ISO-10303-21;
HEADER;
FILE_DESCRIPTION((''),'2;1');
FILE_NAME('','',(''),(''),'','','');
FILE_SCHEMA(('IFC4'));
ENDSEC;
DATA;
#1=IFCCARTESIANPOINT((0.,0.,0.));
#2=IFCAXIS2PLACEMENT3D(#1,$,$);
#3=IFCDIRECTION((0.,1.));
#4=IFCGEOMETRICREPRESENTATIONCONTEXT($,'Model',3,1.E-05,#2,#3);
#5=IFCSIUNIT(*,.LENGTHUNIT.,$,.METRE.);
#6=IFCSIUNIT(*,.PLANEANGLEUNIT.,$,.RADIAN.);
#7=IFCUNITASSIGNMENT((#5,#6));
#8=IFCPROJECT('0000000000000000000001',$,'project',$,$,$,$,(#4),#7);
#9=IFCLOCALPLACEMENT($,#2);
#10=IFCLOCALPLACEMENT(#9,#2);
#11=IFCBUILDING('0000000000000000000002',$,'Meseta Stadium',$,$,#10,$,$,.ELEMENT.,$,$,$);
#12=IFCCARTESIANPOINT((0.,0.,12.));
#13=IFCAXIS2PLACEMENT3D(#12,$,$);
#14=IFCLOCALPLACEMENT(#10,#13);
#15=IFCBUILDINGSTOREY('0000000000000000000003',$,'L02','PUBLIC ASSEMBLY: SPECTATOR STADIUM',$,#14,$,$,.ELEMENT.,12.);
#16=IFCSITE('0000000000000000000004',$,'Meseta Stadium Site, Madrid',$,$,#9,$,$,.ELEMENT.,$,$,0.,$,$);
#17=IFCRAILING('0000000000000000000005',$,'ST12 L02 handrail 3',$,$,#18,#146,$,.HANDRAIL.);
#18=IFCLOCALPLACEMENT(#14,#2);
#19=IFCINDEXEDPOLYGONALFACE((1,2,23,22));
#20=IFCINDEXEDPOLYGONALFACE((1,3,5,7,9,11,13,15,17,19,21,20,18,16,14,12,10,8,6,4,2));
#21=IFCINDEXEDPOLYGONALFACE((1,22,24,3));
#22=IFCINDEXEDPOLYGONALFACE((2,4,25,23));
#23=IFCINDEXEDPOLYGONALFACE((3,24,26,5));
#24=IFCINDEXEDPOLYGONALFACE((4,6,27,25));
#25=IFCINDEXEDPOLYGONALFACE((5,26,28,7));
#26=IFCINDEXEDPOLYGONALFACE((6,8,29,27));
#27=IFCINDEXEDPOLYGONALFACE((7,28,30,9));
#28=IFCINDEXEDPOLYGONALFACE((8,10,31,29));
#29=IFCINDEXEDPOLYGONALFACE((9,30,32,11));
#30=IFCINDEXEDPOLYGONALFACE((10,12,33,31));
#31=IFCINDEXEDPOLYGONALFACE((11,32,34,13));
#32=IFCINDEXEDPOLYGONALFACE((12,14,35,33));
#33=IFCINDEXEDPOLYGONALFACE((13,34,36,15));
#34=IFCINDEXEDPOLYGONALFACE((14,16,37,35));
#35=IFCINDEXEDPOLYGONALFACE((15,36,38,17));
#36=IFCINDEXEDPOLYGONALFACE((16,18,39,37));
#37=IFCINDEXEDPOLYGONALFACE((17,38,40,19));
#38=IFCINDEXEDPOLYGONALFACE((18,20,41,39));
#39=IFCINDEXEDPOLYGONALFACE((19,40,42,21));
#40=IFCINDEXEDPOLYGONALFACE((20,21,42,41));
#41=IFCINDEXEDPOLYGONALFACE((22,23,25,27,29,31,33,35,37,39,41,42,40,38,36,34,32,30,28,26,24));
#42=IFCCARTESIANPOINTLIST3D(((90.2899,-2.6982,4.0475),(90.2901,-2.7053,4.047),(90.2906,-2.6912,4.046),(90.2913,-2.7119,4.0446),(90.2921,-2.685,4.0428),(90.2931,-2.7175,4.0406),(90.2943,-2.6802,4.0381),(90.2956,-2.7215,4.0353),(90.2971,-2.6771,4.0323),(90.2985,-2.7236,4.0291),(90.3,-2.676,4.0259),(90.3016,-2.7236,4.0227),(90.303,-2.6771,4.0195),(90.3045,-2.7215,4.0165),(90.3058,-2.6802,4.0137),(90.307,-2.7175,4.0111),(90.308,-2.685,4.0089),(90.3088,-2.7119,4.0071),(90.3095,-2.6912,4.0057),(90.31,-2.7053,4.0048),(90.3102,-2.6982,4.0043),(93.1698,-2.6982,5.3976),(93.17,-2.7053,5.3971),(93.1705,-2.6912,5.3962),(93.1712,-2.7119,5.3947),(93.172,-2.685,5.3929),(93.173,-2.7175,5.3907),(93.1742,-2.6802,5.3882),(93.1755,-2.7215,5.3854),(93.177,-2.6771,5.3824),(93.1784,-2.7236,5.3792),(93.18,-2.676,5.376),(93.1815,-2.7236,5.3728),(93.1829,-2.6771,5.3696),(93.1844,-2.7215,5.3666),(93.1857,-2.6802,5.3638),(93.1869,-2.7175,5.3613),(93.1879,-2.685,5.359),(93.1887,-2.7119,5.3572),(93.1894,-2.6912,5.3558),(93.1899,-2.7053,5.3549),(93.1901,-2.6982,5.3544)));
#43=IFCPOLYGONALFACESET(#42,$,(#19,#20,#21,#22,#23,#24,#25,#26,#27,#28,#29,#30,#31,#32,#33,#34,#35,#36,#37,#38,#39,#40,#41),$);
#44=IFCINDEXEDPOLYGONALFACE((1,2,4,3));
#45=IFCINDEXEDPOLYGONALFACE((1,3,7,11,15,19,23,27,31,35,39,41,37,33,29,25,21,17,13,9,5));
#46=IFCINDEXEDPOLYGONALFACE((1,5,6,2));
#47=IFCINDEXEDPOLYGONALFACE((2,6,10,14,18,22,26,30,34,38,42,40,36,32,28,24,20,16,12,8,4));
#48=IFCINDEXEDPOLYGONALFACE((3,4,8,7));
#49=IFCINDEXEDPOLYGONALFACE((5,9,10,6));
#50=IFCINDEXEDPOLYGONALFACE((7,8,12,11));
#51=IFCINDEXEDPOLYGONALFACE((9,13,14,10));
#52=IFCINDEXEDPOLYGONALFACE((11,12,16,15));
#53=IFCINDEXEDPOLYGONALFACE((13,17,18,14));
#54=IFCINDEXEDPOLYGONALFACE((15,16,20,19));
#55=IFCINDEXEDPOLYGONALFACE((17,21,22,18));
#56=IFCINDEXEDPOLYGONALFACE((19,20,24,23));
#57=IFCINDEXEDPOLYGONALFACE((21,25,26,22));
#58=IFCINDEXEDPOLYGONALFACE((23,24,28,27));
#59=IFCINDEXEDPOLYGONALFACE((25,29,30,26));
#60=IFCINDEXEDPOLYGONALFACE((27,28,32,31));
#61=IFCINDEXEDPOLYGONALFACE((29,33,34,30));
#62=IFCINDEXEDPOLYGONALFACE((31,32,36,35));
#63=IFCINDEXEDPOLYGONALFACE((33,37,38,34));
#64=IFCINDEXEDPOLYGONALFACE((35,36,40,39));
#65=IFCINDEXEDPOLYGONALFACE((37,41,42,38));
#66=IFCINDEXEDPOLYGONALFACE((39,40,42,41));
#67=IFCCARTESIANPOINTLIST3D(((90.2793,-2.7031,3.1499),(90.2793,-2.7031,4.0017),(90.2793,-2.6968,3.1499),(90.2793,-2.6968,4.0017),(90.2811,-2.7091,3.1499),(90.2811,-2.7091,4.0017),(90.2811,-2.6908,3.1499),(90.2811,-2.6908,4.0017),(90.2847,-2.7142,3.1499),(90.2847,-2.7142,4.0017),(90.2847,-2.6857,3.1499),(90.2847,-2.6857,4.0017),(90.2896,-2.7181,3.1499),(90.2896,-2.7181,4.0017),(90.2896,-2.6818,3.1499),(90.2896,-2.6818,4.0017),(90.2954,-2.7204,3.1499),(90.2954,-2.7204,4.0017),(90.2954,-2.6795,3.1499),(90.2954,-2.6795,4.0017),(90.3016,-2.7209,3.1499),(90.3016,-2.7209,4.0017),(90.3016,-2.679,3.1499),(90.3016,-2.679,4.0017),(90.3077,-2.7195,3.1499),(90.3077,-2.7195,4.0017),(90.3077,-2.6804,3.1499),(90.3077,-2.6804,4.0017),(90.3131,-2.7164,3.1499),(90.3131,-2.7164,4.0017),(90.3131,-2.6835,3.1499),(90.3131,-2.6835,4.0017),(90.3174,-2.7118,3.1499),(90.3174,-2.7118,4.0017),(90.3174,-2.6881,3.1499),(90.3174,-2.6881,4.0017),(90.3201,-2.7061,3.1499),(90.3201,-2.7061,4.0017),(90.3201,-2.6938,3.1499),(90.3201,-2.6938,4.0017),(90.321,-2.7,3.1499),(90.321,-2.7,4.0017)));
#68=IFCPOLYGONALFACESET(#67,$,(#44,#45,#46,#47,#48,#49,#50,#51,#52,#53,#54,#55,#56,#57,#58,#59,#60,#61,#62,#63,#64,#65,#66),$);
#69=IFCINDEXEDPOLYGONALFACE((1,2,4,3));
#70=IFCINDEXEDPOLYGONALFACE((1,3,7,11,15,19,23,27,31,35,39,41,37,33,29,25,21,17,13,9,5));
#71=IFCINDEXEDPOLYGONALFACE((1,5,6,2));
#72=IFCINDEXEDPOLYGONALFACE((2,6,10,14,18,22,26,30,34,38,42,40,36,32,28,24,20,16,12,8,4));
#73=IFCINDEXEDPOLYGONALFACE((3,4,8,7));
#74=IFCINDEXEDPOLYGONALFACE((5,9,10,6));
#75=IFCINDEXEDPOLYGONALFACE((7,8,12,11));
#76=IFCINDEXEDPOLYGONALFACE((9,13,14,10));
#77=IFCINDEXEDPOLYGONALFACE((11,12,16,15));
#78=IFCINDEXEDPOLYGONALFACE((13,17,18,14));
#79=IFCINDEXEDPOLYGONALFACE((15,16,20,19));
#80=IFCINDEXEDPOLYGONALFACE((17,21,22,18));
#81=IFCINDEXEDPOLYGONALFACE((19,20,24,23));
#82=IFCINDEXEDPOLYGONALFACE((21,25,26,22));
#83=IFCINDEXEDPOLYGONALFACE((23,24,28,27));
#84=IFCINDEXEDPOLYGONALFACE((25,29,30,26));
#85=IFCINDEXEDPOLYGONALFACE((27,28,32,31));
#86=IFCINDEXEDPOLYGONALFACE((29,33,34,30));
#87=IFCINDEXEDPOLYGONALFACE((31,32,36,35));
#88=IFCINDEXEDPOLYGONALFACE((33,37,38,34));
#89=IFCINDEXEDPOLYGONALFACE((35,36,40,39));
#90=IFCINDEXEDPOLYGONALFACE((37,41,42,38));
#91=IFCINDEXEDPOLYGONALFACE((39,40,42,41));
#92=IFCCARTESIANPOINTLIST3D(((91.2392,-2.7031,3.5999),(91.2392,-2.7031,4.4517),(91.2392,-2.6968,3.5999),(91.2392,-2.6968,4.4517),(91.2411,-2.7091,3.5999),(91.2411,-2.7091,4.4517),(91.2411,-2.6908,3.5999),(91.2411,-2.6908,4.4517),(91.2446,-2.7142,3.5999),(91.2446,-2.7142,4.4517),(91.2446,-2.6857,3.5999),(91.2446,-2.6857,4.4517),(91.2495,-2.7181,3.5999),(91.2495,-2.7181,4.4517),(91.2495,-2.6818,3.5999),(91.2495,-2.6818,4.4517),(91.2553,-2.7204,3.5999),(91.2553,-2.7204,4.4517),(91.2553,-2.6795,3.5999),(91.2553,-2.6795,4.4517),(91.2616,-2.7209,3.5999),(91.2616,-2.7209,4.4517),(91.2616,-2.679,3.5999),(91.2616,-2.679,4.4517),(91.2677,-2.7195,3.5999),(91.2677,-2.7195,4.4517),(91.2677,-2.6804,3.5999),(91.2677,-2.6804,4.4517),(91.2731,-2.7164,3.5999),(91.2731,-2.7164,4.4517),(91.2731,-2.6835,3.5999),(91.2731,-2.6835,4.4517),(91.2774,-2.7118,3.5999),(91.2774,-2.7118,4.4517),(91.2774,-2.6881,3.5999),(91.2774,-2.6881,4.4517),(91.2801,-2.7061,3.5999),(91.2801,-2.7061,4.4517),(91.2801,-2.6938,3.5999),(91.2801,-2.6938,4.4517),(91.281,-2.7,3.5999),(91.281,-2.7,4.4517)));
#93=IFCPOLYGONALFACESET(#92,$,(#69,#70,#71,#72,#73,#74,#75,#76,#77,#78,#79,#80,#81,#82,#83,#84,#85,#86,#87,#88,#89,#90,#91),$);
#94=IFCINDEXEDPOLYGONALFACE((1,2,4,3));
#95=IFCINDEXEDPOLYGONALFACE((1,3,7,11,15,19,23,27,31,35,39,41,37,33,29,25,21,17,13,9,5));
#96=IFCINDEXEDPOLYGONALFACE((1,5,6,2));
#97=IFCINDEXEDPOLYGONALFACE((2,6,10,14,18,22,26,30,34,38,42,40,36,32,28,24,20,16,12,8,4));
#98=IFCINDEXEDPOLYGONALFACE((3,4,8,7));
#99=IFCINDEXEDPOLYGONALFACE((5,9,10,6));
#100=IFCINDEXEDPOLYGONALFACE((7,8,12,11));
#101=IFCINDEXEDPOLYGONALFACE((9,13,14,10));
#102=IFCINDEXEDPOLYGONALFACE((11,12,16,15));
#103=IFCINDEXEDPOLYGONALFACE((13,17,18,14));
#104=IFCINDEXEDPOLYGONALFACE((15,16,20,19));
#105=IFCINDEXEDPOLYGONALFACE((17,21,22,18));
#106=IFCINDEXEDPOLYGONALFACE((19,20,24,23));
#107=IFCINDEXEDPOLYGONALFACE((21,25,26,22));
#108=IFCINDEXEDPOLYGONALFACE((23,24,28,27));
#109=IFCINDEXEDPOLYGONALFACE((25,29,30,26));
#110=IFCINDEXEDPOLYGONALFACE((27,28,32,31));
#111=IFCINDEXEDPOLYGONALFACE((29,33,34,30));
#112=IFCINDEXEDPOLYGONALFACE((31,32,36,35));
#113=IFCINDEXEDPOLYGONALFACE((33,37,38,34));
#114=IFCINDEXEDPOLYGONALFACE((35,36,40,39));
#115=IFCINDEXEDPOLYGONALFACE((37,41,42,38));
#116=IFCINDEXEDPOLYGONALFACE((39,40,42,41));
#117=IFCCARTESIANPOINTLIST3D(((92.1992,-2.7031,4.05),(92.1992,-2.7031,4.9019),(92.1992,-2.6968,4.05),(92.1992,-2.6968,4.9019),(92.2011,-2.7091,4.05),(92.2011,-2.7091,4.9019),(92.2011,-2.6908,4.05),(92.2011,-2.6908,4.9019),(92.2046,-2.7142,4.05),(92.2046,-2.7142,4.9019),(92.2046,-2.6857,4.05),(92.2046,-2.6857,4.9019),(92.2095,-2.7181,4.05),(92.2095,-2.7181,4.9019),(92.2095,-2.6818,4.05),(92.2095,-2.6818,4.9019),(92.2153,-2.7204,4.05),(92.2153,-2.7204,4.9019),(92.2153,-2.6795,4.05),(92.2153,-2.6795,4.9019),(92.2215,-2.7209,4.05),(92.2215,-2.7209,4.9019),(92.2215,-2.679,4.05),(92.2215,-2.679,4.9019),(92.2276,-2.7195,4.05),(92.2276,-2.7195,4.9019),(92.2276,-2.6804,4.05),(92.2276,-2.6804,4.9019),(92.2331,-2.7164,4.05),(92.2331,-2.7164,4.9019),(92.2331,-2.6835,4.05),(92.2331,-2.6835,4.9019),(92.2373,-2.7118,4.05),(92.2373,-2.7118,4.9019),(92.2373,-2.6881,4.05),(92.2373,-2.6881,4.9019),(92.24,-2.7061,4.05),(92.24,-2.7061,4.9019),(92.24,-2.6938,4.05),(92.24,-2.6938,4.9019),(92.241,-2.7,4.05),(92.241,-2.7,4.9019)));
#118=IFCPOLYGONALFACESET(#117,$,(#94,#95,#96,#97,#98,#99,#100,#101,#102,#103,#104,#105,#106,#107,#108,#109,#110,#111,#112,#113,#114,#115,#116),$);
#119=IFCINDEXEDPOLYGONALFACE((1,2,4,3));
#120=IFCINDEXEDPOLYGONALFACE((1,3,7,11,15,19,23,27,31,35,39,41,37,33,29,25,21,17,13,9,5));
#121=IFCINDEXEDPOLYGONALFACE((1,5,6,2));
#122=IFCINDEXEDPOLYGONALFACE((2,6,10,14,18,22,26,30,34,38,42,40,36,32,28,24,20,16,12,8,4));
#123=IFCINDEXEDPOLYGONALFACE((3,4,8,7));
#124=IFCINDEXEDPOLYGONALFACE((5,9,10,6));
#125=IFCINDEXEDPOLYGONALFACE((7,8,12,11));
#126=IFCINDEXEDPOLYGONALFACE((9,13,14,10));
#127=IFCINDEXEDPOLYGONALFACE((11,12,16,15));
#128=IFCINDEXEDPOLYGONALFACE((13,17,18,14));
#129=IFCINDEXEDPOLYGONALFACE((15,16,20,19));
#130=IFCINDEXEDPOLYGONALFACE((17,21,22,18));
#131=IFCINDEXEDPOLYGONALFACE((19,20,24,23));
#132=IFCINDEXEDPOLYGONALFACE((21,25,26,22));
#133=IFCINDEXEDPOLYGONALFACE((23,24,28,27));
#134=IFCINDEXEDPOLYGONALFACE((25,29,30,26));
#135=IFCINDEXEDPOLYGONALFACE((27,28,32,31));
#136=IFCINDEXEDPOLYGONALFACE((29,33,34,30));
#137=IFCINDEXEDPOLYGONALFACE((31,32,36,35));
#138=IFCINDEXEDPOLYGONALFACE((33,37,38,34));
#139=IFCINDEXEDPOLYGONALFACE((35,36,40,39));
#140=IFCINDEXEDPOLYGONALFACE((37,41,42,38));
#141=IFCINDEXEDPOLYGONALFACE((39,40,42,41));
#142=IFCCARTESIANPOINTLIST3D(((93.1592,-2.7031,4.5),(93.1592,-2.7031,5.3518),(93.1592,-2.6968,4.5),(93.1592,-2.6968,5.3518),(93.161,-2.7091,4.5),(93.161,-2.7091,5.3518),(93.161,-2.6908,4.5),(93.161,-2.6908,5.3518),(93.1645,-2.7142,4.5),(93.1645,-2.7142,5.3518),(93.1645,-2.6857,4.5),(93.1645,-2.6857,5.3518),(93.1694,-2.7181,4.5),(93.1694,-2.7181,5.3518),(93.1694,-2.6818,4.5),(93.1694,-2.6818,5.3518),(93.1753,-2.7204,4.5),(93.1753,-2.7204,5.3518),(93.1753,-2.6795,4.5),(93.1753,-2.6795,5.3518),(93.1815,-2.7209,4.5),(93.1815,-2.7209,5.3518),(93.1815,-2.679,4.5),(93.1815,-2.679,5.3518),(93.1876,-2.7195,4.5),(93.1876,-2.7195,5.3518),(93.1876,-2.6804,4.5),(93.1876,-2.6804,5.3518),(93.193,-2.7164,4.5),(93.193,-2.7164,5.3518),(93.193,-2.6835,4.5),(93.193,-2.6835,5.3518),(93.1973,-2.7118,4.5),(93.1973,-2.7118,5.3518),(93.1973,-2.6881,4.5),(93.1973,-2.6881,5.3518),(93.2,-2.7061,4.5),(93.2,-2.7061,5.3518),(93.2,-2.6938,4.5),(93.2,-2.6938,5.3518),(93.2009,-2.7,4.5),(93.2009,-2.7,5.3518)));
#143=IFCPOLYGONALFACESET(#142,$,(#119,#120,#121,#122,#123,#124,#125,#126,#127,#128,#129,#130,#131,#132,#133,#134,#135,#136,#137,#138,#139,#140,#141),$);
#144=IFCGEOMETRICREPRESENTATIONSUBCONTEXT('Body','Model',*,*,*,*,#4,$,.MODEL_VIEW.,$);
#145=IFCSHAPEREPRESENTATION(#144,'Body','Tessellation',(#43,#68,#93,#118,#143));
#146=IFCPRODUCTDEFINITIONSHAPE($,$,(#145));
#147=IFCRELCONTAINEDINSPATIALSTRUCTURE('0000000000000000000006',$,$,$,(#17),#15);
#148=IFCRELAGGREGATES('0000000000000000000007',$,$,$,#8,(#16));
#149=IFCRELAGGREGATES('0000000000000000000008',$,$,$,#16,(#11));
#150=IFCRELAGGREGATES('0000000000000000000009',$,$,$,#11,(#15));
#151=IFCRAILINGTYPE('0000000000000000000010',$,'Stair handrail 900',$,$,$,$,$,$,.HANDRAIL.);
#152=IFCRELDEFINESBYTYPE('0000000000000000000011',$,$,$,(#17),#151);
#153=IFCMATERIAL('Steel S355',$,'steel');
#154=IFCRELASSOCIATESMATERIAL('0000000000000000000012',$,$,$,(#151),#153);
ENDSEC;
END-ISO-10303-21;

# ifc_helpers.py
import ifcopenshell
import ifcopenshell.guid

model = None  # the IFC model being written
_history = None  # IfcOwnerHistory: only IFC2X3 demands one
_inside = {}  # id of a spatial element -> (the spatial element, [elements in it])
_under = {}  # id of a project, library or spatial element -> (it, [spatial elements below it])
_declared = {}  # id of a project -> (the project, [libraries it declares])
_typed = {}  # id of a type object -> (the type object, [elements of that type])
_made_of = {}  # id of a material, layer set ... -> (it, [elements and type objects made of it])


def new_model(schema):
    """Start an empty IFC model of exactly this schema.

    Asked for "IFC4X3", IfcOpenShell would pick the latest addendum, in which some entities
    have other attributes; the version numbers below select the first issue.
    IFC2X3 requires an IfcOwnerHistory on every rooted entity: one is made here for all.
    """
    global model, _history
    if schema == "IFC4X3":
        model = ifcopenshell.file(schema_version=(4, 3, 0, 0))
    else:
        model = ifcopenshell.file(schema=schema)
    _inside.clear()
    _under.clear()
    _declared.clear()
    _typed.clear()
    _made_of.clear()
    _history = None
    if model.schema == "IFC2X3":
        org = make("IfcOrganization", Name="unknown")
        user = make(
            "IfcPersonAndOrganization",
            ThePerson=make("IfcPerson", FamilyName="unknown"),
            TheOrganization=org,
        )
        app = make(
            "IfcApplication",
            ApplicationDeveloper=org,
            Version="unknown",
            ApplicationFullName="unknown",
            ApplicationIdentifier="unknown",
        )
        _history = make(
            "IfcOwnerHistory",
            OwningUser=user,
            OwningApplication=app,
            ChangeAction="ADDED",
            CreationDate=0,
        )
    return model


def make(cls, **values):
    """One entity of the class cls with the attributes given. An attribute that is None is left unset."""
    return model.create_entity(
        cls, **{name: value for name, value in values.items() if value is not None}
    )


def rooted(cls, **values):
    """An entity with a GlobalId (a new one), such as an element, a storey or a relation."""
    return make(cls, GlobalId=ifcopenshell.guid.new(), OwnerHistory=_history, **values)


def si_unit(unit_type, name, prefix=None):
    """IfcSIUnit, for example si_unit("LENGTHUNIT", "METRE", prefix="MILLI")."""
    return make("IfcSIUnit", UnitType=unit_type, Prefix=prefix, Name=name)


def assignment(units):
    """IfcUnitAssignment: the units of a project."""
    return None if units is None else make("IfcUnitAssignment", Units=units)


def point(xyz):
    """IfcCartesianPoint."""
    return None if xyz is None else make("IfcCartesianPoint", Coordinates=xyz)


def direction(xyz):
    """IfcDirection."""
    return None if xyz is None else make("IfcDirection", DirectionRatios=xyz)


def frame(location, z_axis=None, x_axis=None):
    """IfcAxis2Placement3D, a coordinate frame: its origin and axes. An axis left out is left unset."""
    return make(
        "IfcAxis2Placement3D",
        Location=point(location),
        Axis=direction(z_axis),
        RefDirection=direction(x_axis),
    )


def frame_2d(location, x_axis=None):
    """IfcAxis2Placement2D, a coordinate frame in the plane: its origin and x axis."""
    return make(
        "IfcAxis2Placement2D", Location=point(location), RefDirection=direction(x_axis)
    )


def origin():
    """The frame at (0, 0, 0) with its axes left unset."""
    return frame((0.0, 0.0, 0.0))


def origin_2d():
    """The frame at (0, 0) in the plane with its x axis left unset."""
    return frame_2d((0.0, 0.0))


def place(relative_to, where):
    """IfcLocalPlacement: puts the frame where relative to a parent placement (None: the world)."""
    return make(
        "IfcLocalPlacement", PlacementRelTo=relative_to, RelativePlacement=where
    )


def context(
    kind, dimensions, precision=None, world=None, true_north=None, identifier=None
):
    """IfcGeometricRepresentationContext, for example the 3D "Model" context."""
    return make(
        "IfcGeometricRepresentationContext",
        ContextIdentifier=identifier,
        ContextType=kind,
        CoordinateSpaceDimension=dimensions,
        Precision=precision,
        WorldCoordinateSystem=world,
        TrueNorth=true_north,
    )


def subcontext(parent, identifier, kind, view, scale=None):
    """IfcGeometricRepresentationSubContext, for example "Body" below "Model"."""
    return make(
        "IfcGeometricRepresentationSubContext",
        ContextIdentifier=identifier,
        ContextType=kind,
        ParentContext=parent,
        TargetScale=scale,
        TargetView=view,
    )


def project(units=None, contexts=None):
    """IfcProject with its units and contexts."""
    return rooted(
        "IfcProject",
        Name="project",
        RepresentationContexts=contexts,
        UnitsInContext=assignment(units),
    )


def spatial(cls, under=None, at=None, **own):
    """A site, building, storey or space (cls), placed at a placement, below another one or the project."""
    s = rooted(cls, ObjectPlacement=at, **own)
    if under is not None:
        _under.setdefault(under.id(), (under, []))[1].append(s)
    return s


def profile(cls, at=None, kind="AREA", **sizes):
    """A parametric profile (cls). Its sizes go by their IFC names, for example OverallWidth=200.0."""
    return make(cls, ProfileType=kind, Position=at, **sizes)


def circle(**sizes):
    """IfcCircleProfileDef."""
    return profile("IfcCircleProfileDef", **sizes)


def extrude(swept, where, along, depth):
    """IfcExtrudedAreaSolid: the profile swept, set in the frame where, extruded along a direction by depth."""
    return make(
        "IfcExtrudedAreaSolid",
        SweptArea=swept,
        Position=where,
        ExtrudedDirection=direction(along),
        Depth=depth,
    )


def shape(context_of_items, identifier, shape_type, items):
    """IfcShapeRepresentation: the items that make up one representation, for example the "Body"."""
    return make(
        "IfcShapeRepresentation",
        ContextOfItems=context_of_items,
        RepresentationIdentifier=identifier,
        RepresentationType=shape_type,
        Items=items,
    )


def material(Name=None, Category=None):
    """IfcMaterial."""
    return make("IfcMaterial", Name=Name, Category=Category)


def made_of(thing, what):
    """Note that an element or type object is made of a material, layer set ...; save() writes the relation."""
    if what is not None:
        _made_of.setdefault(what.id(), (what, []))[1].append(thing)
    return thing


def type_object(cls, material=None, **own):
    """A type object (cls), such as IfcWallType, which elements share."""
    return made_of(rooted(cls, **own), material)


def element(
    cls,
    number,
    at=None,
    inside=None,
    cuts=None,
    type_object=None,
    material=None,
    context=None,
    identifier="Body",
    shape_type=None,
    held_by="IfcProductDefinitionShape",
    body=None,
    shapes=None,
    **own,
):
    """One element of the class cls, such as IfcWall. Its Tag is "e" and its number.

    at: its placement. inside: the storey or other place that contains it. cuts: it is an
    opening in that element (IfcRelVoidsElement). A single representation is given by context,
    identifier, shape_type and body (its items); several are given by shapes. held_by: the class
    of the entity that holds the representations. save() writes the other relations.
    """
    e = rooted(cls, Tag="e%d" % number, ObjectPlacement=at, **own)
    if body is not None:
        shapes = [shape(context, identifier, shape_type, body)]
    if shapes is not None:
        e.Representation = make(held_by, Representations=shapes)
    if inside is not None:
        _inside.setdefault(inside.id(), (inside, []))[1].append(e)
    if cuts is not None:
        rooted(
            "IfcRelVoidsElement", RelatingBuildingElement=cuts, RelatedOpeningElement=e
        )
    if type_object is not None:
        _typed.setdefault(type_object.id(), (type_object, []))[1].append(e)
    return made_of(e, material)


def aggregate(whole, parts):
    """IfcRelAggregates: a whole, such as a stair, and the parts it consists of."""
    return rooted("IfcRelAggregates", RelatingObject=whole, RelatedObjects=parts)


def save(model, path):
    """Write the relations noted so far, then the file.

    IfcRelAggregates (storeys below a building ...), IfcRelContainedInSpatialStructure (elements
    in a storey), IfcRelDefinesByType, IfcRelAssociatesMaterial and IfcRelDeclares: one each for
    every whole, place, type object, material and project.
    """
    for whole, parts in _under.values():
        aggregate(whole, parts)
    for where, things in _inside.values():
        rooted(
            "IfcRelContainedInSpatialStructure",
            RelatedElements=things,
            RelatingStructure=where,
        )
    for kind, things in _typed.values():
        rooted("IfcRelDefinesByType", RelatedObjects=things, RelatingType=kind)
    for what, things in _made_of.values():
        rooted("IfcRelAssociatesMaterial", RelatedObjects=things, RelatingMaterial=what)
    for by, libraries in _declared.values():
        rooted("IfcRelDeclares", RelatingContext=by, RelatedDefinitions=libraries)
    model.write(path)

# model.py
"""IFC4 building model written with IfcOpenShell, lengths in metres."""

from ifc_helpers import new_model, si_unit, direction, frame, origin, origin_2d, place, context, subcontext, project, spatial, circle, extrude, material, type_object, element, save


model = new_model("IFC4")

# Units and contexts
model_context = context("Model", 3, precision=1e-05, world=origin(), true_north=direction((0.0, 1.0)))
body_context = subcontext(model_context, "Body", "Model", "MODEL_VIEW")
ifc_project = project(units=[si_unit("LENGTHUNIT", "METRE"), si_unit("PLANEANGLEUNIT", "RADIAN")], contexts=[model_context])

# Site, building, storey
site_placement = place(None, origin())
site = spatial("IfcSite", under=ifc_project, at=site_placement, Name="Meseta Stadium Site, Madrid", CompositionType="ELEMENT", RefElevation=0.0)
building_placement = place(site_placement, origin())
building = spatial("IfcBuilding", under=site, at=building_placement, Name="Meseta Stadium", CompositionType="ELEMENT")
storey_placement = place(building_placement, frame((0.0, 0.0, 12.0)))
storey = spatial("IfcBuildingStorey", under=building, at=storey_placement, Name="L02", Description="PUBLIC ASSEMBLY: SPECTATOR STADIUM", CompositionType="ELEMENT", Elevation=12.0)

# Railing
ifc_material_1 = material(Name="Steel S355", Category="steel")
railing_type_1 = type_object("IfcRailingType", Name="Stair handrail 900", PredefinedType="HANDRAIL", material=ifc_material_1)
for number, where, name in (
    (1, (90.3, -2.7, 3.1499), "ST12 L02 handrail 3"),
):
    element("IfcRailing", number, at=place(storey_placement, frame(where)), inside=storey, type_object=railing_type_1, Name=name, PredefinedType="HANDRAIL", context=body_context, shape_type="SweptSolid", body=[
        extrude(circle(Radius=0.0239, at=origin_2d()), frame((0.0, 0.0, 0.876), z_axis=(0.90544, 0.0, 0.424473), x_axis=(0.0, 1.0, 0.0)), (0.0, 0.0, 1.0), 3.1807),
        extrude(circle(Radius=0.021, at=origin_2d()), origin(), (0.0, 0.0, 1.0), 0.8518),
        extrude(circle(Radius=0.021, at=origin_2d()), frame((0.96, 0.0, 0.45)), (0.0, 0.0, 1.0), 0.8518),
        extrude(circle(Radius=0.021, at=origin_2d()), frame((1.9199, 0.0, 0.9001)), (0.0, 0.0, 1.0), 0.8518),
        extrude(circle(Radius=0.021, at=origin_2d()), frame((2.8799, 0.0, 1.3501)), (0.0, 0.0, 1.0), 0.8518),
    ])

save(model, "model.ifc")
